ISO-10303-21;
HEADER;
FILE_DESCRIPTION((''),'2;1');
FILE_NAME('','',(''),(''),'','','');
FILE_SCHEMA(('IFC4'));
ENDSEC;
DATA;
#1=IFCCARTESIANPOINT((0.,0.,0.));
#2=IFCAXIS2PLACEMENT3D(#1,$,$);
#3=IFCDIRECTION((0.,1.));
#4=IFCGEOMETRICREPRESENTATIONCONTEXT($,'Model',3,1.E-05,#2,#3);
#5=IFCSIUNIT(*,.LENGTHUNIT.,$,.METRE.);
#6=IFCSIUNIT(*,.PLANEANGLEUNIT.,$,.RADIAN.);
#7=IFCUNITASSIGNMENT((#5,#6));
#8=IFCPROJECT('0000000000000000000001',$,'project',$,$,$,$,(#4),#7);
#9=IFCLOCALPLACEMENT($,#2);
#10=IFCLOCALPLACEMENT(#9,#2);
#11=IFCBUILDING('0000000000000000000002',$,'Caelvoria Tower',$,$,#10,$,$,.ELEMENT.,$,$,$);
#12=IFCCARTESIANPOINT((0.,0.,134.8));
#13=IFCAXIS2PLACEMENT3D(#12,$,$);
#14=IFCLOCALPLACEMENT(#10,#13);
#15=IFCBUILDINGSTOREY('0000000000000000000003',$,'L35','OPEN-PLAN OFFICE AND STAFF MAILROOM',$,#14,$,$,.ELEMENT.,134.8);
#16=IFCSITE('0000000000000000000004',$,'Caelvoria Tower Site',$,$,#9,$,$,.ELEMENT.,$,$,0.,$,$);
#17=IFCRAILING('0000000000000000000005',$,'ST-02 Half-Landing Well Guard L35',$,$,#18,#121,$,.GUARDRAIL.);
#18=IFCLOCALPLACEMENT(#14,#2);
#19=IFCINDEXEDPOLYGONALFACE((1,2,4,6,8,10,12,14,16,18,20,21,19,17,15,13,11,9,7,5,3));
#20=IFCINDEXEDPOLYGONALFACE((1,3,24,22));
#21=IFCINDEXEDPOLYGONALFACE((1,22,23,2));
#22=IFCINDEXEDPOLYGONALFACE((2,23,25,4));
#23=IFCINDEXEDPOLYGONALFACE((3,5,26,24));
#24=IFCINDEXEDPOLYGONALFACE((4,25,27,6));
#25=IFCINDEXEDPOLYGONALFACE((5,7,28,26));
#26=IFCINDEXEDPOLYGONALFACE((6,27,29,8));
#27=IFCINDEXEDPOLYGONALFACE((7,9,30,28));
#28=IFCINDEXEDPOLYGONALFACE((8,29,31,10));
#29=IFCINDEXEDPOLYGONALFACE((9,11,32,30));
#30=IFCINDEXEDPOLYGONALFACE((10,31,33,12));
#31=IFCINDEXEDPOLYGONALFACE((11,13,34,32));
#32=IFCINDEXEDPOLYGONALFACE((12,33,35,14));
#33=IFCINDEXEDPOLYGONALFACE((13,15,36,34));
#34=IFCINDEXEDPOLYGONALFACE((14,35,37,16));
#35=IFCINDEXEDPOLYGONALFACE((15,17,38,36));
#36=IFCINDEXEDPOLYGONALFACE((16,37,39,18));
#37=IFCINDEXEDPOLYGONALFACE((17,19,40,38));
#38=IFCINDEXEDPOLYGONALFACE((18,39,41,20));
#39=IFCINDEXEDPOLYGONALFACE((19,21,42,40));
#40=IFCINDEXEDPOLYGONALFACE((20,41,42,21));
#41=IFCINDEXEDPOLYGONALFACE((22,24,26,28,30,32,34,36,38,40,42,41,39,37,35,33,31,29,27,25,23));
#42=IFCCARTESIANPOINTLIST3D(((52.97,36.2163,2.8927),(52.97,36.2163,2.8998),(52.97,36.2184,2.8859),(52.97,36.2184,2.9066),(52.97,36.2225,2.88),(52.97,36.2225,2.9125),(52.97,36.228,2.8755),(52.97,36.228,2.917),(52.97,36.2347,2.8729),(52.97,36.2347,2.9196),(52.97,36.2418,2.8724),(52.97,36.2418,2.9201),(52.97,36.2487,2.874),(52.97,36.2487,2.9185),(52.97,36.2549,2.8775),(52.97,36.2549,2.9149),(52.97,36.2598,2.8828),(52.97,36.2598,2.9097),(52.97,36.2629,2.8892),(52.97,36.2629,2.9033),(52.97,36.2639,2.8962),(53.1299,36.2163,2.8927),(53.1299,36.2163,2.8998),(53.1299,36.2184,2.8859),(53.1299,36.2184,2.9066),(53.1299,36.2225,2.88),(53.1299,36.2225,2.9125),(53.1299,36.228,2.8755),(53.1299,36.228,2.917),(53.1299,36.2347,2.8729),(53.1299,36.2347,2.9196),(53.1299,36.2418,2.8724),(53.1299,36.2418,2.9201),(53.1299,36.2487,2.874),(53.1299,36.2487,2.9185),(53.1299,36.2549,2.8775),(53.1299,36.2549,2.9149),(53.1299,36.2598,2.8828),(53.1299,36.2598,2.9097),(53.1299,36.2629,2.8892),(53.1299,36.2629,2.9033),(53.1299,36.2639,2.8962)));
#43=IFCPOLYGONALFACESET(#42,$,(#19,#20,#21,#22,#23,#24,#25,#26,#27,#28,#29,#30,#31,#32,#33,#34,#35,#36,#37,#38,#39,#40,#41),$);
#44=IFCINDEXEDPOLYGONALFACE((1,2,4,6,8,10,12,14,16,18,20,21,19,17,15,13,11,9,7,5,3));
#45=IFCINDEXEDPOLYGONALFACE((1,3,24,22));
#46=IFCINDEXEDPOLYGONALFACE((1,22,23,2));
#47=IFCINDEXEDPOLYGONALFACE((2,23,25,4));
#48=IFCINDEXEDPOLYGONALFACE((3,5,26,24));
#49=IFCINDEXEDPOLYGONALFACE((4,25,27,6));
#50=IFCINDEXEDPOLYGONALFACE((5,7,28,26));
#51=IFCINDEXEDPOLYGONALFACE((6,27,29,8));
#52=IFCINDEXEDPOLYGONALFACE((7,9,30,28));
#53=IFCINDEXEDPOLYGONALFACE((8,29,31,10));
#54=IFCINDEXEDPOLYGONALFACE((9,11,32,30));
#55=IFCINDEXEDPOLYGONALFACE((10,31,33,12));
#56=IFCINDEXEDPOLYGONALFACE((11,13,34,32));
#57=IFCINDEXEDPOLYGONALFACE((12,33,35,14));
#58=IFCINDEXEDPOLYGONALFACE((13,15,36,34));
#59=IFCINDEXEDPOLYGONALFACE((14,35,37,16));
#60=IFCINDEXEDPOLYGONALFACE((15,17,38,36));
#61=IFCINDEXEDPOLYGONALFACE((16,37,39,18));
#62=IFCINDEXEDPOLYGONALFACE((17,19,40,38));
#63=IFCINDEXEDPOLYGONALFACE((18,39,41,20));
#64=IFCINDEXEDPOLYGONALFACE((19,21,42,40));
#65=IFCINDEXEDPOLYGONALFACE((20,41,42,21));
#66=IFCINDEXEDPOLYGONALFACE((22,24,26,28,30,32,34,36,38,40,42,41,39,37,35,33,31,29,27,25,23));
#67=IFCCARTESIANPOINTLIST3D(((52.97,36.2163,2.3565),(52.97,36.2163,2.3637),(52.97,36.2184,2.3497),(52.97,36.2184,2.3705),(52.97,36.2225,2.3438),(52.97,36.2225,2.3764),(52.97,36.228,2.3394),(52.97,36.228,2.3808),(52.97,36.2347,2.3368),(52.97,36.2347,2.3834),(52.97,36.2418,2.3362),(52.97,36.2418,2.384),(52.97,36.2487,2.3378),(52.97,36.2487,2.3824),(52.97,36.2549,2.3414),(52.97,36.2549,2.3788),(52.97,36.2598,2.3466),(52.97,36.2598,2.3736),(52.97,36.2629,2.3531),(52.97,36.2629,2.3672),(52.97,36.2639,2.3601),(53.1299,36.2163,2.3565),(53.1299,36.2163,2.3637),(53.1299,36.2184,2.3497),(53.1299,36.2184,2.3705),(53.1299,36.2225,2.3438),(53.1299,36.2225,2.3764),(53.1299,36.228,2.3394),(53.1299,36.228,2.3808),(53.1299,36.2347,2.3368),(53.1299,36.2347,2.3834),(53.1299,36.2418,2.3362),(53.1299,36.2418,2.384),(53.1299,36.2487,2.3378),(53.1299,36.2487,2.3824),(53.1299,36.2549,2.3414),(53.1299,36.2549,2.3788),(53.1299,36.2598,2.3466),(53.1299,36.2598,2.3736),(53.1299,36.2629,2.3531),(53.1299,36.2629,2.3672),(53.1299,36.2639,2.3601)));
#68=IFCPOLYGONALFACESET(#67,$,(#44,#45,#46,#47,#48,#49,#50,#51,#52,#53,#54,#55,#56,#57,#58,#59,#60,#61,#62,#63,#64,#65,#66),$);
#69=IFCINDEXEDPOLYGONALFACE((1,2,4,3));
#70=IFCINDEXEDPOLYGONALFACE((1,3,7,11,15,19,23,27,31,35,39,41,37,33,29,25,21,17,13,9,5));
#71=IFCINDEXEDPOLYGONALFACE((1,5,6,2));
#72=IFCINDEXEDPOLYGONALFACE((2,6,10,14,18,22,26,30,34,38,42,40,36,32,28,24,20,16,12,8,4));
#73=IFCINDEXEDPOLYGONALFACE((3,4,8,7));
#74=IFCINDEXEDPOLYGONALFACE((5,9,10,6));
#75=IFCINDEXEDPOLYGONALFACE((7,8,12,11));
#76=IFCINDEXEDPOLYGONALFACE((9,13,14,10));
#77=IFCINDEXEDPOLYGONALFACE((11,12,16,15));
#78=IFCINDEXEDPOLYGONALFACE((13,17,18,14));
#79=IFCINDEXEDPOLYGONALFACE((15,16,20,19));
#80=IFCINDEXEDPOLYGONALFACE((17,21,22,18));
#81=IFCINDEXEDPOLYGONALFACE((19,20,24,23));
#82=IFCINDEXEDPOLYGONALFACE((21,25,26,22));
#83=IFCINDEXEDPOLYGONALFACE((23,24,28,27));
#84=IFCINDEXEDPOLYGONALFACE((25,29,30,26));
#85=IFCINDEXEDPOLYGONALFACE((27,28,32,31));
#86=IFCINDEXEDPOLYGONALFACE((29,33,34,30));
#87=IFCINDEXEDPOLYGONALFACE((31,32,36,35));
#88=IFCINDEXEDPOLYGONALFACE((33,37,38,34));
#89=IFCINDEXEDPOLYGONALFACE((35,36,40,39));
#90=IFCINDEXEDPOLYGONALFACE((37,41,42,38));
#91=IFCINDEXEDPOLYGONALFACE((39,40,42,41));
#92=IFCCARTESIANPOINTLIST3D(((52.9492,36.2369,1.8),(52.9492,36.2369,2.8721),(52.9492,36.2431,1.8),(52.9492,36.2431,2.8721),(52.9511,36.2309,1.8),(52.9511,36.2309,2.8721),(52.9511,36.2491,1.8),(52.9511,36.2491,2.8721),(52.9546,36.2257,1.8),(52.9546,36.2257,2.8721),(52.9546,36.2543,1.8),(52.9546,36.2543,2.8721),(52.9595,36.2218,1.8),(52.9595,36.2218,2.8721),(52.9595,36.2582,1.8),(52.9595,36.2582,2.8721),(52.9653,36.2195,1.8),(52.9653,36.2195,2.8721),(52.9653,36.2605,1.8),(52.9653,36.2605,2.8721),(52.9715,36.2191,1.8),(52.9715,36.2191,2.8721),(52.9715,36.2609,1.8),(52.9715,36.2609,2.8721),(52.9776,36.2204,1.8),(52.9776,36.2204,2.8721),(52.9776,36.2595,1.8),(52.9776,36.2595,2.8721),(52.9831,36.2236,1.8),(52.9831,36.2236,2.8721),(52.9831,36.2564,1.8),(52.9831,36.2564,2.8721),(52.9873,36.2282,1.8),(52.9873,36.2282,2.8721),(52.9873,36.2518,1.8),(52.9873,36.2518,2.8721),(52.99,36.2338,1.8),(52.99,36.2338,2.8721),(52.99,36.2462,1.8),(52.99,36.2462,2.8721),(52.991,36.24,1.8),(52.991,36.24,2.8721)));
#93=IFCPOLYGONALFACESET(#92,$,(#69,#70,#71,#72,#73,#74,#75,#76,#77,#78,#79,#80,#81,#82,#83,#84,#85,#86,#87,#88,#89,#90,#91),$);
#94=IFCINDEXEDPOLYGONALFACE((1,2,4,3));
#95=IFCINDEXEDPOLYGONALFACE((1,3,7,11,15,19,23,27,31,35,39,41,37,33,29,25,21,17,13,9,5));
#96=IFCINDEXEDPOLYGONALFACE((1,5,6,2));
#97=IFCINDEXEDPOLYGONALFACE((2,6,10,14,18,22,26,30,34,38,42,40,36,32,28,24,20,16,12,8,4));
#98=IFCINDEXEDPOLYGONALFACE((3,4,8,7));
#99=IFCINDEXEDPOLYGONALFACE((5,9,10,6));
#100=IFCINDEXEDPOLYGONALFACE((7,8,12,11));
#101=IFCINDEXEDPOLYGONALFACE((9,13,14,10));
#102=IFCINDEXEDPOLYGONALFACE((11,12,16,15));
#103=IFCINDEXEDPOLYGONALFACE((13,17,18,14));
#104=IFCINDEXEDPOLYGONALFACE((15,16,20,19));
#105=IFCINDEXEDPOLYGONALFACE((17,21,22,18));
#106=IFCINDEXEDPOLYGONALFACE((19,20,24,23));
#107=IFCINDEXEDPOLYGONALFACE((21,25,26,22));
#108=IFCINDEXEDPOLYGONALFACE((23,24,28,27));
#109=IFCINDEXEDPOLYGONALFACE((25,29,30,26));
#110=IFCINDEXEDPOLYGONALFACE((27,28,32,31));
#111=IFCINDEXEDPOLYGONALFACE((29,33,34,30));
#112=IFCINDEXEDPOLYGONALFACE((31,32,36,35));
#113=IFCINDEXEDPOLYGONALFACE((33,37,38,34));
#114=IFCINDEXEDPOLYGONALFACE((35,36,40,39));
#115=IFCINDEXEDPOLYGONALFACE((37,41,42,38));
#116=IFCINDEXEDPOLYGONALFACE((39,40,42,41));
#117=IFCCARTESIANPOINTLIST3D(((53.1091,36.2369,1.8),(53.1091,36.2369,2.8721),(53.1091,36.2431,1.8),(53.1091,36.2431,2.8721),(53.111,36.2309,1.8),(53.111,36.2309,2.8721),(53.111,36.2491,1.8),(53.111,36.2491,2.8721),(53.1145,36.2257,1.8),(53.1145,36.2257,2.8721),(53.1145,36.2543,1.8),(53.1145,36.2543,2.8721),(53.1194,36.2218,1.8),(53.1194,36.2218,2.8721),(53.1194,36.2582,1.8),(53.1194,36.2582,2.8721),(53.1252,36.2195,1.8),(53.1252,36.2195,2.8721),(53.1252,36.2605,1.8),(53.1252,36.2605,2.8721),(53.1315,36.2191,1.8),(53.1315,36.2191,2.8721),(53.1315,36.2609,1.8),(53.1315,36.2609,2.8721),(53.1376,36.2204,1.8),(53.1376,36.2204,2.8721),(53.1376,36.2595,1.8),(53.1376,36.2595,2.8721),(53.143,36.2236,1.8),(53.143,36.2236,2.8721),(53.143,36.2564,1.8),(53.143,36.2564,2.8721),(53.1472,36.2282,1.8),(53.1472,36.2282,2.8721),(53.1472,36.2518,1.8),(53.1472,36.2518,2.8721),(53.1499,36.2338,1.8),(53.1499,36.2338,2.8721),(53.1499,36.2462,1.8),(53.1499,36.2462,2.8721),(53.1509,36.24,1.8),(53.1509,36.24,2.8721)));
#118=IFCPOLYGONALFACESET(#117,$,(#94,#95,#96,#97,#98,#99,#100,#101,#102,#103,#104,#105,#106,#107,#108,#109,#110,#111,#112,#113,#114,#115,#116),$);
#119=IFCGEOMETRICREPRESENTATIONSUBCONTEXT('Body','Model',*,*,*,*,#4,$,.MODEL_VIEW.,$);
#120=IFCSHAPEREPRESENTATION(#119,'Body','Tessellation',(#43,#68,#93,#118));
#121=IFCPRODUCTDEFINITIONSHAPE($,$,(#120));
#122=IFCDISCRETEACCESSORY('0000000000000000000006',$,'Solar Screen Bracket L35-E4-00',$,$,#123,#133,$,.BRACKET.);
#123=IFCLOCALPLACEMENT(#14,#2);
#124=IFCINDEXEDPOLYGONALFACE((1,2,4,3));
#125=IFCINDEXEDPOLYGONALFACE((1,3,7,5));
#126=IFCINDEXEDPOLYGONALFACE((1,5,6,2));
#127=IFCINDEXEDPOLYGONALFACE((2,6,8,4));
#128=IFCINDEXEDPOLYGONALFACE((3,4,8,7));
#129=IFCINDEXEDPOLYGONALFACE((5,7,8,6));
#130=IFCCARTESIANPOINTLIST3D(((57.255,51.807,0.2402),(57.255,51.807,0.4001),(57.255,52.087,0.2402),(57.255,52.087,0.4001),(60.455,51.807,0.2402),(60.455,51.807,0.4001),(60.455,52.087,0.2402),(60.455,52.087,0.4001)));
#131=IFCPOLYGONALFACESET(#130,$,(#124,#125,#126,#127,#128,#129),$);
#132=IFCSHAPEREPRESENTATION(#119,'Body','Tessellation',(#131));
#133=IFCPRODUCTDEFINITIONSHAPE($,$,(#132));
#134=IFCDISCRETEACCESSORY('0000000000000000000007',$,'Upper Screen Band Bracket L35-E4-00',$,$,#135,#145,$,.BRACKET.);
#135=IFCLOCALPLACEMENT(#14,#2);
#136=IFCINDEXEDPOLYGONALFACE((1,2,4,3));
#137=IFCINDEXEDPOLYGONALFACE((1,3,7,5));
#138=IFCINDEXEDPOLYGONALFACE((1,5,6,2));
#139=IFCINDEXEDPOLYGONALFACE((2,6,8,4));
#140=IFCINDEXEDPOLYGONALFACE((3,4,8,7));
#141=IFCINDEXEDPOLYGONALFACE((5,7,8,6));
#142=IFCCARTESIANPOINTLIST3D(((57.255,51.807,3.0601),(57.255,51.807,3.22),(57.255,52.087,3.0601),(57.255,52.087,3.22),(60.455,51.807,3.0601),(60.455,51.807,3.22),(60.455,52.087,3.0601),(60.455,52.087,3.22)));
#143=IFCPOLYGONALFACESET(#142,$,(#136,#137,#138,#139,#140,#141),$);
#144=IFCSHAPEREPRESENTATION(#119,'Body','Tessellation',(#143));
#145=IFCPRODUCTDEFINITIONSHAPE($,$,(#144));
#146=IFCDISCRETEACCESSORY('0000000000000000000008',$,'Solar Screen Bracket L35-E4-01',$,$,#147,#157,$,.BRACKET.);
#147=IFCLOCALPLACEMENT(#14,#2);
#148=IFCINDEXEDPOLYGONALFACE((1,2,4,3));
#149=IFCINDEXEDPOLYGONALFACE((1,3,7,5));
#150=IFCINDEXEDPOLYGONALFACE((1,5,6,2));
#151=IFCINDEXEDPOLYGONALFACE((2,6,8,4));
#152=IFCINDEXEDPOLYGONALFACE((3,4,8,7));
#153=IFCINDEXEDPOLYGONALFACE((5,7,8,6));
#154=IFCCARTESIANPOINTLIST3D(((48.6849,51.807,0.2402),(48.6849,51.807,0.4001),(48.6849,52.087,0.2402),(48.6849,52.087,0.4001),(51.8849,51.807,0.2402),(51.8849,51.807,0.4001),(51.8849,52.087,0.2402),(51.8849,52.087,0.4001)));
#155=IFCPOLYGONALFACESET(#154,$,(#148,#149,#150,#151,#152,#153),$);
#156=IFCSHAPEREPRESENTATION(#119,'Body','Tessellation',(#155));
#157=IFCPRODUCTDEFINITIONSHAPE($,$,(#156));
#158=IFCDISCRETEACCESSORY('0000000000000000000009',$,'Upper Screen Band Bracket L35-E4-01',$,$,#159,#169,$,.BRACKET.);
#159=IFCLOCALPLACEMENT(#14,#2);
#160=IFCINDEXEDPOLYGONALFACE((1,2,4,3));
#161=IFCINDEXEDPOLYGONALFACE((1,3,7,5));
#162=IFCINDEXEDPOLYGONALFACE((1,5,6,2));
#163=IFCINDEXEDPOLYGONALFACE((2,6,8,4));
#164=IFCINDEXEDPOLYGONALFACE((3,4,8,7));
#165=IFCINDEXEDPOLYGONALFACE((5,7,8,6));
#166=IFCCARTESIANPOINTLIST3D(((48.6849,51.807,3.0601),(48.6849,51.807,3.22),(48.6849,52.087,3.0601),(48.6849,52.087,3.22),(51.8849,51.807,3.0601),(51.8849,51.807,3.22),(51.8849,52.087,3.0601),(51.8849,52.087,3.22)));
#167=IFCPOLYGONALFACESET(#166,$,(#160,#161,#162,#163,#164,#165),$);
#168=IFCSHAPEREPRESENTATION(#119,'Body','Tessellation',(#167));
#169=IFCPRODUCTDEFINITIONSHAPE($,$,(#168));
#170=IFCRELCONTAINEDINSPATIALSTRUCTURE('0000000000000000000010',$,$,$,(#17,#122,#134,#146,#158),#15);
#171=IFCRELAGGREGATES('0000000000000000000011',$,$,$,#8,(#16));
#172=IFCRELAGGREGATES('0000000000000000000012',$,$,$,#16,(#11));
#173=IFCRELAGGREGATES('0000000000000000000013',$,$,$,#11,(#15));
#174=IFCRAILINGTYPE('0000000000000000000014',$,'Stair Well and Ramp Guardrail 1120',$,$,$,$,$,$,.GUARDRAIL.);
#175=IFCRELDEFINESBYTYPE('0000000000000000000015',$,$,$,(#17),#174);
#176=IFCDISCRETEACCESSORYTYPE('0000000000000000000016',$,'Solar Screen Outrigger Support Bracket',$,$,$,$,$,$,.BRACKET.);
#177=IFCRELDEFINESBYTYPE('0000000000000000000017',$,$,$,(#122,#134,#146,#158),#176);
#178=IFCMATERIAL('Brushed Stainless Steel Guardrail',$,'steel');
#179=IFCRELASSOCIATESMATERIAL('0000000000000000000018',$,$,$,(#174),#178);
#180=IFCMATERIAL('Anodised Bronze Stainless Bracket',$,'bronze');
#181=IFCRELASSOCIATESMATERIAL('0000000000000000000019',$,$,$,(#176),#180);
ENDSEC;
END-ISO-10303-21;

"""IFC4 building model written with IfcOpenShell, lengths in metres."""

from ifc_helpers import new_model, si_unit, direction, frame, origin, origin_2d, place, context, subcontext, project, spatial, rectangle, circle, extrude, material, type_object, element, save


model = new_model("IFC4")

# Units and contexts
model_context = context("Model", 3, precision=1e-05, world=origin(), true_north=direction((0.0, 1.0)))
body_context = subcontext(model_context, "Body", "Model", "MODEL_VIEW")
ifc_project = project(units=[si_unit("LENGTHUNIT", "METRE"), si_unit("PLANEANGLEUNIT", "RADIAN")], contexts=[model_context])

# Site, building, storey
site_placement = place(None, origin())
site = spatial("IfcSite", under=ifc_project, at=site_placement, Name="Caelvoria Tower Site", CompositionType="ELEMENT", RefElevation=0.0)
building_placement = place(site_placement, origin())
building = spatial("IfcBuilding", under=site, at=building_placement, Name="Caelvoria Tower", CompositionType="ELEMENT")
storey_placement = place(building_placement, frame((0.0, 0.0, 134.8)))
storey = spatial("IfcBuildingStorey", under=building, at=storey_placement, Name="L35", Description="OPEN-PLAN OFFICE AND STAFF MAILROOM", CompositionType="ELEMENT", Elevation=134.8)

# Railing
ifc_material_1 = material(Name="Brushed Stainless Steel Guardrail", Category="steel")
railing_type_1 = type_object("IfcRailingType", Name="Stair Well and Ramp Guardrail 1120", PredefinedType="GUARDRAIL", material=ifc_material_1)
railing_1_placement = place(storey_placement, frame((52.97, 36.24, 1.8)))
element("IfcRailing", 1, at=railing_1_placement, inside=storey, type_object=railing_type_1, Name="ST-02 Half-Landing Well Guard L35", PredefinedType="GUARDRAIL", context=body_context, shape_type="SweptSolid", body=[
    extrude(circle(Radius=0.0239, at=origin_2d()), frame((0.0, 0.0, 1.0962), z_axis=(1.0, 0.0, 0.0), x_axis=(0.0, 1.0, 0.0)), (0.0, 0.0, 1.0), 0.1599),
    extrude(circle(Radius=0.0239, at=origin_2d()), frame((0.0, 0.0, 0.5601), z_axis=(1.0, 0.0, 0.0), x_axis=(0.0, 1.0, 0.0)), (0.0, 0.0, 1.0), 0.1599),
    extrude(circle(Radius=0.021, at=origin_2d()), origin(), (0.0, 0.0, 1.0), 1.072),
    extrude(circle(Radius=0.021, at=origin_2d()), frame((0.1599, 0.0, 0.0)), (0.0, 0.0, 1.0), 1.072),
])

# Discrete accessories
ifc_material_2 = material(Name="Anodised Bronze Stainless Bracket", Category="bronze")
discrete_accessory_type = type_object("IfcDiscreteAccessoryType", Name="Solar Screen Outrigger Support Bracket", PredefinedType="BRACKET", material=ifc_material_2)
for number, where, z_axis, x_axis, name in (
    (2, (58.855, 51.947, 0.2402), (0.0, 0.0, 1.0), (-1.0, 0.0, 0.0), "Solar Screen Bracket L35-E4-00"),
    (3, (58.855, 51.947, 3.0601), (0.0, 0.0, 1.0), (-1.0, 0.0, 0.0), "Upper Screen Band Bracket L35-E4-00"),
    (4, (50.2849, 51.947, 0.2402), (0.0, 0.0, 1.0), (-1.0, 0.0, 0.0), "Solar Screen Bracket L35-E4-01"),
    (5, (50.2849, 51.947, 3.0601), (0.0, 0.0, 1.0), (-1.0, 0.0, 0.0), "Upper Screen Band Bracket L35-E4-01"),
):
    element("IfcDiscreteAccessory", number, at=place(storey_placement, frame(where, z_axis=z_axis, x_axis=x_axis)), inside=storey, type_object=discrete_accessory_type, Name=name, PredefinedType="BRACKET", context=body_context, shape_type="SweptSolid", body=[
        extrude(rectangle(XDim=3.2, YDim=0.28, at=origin_2d()), origin(), (0.0, 0.0, 1.0), 0.1599),
    ])

save(model, "model.ifc")
